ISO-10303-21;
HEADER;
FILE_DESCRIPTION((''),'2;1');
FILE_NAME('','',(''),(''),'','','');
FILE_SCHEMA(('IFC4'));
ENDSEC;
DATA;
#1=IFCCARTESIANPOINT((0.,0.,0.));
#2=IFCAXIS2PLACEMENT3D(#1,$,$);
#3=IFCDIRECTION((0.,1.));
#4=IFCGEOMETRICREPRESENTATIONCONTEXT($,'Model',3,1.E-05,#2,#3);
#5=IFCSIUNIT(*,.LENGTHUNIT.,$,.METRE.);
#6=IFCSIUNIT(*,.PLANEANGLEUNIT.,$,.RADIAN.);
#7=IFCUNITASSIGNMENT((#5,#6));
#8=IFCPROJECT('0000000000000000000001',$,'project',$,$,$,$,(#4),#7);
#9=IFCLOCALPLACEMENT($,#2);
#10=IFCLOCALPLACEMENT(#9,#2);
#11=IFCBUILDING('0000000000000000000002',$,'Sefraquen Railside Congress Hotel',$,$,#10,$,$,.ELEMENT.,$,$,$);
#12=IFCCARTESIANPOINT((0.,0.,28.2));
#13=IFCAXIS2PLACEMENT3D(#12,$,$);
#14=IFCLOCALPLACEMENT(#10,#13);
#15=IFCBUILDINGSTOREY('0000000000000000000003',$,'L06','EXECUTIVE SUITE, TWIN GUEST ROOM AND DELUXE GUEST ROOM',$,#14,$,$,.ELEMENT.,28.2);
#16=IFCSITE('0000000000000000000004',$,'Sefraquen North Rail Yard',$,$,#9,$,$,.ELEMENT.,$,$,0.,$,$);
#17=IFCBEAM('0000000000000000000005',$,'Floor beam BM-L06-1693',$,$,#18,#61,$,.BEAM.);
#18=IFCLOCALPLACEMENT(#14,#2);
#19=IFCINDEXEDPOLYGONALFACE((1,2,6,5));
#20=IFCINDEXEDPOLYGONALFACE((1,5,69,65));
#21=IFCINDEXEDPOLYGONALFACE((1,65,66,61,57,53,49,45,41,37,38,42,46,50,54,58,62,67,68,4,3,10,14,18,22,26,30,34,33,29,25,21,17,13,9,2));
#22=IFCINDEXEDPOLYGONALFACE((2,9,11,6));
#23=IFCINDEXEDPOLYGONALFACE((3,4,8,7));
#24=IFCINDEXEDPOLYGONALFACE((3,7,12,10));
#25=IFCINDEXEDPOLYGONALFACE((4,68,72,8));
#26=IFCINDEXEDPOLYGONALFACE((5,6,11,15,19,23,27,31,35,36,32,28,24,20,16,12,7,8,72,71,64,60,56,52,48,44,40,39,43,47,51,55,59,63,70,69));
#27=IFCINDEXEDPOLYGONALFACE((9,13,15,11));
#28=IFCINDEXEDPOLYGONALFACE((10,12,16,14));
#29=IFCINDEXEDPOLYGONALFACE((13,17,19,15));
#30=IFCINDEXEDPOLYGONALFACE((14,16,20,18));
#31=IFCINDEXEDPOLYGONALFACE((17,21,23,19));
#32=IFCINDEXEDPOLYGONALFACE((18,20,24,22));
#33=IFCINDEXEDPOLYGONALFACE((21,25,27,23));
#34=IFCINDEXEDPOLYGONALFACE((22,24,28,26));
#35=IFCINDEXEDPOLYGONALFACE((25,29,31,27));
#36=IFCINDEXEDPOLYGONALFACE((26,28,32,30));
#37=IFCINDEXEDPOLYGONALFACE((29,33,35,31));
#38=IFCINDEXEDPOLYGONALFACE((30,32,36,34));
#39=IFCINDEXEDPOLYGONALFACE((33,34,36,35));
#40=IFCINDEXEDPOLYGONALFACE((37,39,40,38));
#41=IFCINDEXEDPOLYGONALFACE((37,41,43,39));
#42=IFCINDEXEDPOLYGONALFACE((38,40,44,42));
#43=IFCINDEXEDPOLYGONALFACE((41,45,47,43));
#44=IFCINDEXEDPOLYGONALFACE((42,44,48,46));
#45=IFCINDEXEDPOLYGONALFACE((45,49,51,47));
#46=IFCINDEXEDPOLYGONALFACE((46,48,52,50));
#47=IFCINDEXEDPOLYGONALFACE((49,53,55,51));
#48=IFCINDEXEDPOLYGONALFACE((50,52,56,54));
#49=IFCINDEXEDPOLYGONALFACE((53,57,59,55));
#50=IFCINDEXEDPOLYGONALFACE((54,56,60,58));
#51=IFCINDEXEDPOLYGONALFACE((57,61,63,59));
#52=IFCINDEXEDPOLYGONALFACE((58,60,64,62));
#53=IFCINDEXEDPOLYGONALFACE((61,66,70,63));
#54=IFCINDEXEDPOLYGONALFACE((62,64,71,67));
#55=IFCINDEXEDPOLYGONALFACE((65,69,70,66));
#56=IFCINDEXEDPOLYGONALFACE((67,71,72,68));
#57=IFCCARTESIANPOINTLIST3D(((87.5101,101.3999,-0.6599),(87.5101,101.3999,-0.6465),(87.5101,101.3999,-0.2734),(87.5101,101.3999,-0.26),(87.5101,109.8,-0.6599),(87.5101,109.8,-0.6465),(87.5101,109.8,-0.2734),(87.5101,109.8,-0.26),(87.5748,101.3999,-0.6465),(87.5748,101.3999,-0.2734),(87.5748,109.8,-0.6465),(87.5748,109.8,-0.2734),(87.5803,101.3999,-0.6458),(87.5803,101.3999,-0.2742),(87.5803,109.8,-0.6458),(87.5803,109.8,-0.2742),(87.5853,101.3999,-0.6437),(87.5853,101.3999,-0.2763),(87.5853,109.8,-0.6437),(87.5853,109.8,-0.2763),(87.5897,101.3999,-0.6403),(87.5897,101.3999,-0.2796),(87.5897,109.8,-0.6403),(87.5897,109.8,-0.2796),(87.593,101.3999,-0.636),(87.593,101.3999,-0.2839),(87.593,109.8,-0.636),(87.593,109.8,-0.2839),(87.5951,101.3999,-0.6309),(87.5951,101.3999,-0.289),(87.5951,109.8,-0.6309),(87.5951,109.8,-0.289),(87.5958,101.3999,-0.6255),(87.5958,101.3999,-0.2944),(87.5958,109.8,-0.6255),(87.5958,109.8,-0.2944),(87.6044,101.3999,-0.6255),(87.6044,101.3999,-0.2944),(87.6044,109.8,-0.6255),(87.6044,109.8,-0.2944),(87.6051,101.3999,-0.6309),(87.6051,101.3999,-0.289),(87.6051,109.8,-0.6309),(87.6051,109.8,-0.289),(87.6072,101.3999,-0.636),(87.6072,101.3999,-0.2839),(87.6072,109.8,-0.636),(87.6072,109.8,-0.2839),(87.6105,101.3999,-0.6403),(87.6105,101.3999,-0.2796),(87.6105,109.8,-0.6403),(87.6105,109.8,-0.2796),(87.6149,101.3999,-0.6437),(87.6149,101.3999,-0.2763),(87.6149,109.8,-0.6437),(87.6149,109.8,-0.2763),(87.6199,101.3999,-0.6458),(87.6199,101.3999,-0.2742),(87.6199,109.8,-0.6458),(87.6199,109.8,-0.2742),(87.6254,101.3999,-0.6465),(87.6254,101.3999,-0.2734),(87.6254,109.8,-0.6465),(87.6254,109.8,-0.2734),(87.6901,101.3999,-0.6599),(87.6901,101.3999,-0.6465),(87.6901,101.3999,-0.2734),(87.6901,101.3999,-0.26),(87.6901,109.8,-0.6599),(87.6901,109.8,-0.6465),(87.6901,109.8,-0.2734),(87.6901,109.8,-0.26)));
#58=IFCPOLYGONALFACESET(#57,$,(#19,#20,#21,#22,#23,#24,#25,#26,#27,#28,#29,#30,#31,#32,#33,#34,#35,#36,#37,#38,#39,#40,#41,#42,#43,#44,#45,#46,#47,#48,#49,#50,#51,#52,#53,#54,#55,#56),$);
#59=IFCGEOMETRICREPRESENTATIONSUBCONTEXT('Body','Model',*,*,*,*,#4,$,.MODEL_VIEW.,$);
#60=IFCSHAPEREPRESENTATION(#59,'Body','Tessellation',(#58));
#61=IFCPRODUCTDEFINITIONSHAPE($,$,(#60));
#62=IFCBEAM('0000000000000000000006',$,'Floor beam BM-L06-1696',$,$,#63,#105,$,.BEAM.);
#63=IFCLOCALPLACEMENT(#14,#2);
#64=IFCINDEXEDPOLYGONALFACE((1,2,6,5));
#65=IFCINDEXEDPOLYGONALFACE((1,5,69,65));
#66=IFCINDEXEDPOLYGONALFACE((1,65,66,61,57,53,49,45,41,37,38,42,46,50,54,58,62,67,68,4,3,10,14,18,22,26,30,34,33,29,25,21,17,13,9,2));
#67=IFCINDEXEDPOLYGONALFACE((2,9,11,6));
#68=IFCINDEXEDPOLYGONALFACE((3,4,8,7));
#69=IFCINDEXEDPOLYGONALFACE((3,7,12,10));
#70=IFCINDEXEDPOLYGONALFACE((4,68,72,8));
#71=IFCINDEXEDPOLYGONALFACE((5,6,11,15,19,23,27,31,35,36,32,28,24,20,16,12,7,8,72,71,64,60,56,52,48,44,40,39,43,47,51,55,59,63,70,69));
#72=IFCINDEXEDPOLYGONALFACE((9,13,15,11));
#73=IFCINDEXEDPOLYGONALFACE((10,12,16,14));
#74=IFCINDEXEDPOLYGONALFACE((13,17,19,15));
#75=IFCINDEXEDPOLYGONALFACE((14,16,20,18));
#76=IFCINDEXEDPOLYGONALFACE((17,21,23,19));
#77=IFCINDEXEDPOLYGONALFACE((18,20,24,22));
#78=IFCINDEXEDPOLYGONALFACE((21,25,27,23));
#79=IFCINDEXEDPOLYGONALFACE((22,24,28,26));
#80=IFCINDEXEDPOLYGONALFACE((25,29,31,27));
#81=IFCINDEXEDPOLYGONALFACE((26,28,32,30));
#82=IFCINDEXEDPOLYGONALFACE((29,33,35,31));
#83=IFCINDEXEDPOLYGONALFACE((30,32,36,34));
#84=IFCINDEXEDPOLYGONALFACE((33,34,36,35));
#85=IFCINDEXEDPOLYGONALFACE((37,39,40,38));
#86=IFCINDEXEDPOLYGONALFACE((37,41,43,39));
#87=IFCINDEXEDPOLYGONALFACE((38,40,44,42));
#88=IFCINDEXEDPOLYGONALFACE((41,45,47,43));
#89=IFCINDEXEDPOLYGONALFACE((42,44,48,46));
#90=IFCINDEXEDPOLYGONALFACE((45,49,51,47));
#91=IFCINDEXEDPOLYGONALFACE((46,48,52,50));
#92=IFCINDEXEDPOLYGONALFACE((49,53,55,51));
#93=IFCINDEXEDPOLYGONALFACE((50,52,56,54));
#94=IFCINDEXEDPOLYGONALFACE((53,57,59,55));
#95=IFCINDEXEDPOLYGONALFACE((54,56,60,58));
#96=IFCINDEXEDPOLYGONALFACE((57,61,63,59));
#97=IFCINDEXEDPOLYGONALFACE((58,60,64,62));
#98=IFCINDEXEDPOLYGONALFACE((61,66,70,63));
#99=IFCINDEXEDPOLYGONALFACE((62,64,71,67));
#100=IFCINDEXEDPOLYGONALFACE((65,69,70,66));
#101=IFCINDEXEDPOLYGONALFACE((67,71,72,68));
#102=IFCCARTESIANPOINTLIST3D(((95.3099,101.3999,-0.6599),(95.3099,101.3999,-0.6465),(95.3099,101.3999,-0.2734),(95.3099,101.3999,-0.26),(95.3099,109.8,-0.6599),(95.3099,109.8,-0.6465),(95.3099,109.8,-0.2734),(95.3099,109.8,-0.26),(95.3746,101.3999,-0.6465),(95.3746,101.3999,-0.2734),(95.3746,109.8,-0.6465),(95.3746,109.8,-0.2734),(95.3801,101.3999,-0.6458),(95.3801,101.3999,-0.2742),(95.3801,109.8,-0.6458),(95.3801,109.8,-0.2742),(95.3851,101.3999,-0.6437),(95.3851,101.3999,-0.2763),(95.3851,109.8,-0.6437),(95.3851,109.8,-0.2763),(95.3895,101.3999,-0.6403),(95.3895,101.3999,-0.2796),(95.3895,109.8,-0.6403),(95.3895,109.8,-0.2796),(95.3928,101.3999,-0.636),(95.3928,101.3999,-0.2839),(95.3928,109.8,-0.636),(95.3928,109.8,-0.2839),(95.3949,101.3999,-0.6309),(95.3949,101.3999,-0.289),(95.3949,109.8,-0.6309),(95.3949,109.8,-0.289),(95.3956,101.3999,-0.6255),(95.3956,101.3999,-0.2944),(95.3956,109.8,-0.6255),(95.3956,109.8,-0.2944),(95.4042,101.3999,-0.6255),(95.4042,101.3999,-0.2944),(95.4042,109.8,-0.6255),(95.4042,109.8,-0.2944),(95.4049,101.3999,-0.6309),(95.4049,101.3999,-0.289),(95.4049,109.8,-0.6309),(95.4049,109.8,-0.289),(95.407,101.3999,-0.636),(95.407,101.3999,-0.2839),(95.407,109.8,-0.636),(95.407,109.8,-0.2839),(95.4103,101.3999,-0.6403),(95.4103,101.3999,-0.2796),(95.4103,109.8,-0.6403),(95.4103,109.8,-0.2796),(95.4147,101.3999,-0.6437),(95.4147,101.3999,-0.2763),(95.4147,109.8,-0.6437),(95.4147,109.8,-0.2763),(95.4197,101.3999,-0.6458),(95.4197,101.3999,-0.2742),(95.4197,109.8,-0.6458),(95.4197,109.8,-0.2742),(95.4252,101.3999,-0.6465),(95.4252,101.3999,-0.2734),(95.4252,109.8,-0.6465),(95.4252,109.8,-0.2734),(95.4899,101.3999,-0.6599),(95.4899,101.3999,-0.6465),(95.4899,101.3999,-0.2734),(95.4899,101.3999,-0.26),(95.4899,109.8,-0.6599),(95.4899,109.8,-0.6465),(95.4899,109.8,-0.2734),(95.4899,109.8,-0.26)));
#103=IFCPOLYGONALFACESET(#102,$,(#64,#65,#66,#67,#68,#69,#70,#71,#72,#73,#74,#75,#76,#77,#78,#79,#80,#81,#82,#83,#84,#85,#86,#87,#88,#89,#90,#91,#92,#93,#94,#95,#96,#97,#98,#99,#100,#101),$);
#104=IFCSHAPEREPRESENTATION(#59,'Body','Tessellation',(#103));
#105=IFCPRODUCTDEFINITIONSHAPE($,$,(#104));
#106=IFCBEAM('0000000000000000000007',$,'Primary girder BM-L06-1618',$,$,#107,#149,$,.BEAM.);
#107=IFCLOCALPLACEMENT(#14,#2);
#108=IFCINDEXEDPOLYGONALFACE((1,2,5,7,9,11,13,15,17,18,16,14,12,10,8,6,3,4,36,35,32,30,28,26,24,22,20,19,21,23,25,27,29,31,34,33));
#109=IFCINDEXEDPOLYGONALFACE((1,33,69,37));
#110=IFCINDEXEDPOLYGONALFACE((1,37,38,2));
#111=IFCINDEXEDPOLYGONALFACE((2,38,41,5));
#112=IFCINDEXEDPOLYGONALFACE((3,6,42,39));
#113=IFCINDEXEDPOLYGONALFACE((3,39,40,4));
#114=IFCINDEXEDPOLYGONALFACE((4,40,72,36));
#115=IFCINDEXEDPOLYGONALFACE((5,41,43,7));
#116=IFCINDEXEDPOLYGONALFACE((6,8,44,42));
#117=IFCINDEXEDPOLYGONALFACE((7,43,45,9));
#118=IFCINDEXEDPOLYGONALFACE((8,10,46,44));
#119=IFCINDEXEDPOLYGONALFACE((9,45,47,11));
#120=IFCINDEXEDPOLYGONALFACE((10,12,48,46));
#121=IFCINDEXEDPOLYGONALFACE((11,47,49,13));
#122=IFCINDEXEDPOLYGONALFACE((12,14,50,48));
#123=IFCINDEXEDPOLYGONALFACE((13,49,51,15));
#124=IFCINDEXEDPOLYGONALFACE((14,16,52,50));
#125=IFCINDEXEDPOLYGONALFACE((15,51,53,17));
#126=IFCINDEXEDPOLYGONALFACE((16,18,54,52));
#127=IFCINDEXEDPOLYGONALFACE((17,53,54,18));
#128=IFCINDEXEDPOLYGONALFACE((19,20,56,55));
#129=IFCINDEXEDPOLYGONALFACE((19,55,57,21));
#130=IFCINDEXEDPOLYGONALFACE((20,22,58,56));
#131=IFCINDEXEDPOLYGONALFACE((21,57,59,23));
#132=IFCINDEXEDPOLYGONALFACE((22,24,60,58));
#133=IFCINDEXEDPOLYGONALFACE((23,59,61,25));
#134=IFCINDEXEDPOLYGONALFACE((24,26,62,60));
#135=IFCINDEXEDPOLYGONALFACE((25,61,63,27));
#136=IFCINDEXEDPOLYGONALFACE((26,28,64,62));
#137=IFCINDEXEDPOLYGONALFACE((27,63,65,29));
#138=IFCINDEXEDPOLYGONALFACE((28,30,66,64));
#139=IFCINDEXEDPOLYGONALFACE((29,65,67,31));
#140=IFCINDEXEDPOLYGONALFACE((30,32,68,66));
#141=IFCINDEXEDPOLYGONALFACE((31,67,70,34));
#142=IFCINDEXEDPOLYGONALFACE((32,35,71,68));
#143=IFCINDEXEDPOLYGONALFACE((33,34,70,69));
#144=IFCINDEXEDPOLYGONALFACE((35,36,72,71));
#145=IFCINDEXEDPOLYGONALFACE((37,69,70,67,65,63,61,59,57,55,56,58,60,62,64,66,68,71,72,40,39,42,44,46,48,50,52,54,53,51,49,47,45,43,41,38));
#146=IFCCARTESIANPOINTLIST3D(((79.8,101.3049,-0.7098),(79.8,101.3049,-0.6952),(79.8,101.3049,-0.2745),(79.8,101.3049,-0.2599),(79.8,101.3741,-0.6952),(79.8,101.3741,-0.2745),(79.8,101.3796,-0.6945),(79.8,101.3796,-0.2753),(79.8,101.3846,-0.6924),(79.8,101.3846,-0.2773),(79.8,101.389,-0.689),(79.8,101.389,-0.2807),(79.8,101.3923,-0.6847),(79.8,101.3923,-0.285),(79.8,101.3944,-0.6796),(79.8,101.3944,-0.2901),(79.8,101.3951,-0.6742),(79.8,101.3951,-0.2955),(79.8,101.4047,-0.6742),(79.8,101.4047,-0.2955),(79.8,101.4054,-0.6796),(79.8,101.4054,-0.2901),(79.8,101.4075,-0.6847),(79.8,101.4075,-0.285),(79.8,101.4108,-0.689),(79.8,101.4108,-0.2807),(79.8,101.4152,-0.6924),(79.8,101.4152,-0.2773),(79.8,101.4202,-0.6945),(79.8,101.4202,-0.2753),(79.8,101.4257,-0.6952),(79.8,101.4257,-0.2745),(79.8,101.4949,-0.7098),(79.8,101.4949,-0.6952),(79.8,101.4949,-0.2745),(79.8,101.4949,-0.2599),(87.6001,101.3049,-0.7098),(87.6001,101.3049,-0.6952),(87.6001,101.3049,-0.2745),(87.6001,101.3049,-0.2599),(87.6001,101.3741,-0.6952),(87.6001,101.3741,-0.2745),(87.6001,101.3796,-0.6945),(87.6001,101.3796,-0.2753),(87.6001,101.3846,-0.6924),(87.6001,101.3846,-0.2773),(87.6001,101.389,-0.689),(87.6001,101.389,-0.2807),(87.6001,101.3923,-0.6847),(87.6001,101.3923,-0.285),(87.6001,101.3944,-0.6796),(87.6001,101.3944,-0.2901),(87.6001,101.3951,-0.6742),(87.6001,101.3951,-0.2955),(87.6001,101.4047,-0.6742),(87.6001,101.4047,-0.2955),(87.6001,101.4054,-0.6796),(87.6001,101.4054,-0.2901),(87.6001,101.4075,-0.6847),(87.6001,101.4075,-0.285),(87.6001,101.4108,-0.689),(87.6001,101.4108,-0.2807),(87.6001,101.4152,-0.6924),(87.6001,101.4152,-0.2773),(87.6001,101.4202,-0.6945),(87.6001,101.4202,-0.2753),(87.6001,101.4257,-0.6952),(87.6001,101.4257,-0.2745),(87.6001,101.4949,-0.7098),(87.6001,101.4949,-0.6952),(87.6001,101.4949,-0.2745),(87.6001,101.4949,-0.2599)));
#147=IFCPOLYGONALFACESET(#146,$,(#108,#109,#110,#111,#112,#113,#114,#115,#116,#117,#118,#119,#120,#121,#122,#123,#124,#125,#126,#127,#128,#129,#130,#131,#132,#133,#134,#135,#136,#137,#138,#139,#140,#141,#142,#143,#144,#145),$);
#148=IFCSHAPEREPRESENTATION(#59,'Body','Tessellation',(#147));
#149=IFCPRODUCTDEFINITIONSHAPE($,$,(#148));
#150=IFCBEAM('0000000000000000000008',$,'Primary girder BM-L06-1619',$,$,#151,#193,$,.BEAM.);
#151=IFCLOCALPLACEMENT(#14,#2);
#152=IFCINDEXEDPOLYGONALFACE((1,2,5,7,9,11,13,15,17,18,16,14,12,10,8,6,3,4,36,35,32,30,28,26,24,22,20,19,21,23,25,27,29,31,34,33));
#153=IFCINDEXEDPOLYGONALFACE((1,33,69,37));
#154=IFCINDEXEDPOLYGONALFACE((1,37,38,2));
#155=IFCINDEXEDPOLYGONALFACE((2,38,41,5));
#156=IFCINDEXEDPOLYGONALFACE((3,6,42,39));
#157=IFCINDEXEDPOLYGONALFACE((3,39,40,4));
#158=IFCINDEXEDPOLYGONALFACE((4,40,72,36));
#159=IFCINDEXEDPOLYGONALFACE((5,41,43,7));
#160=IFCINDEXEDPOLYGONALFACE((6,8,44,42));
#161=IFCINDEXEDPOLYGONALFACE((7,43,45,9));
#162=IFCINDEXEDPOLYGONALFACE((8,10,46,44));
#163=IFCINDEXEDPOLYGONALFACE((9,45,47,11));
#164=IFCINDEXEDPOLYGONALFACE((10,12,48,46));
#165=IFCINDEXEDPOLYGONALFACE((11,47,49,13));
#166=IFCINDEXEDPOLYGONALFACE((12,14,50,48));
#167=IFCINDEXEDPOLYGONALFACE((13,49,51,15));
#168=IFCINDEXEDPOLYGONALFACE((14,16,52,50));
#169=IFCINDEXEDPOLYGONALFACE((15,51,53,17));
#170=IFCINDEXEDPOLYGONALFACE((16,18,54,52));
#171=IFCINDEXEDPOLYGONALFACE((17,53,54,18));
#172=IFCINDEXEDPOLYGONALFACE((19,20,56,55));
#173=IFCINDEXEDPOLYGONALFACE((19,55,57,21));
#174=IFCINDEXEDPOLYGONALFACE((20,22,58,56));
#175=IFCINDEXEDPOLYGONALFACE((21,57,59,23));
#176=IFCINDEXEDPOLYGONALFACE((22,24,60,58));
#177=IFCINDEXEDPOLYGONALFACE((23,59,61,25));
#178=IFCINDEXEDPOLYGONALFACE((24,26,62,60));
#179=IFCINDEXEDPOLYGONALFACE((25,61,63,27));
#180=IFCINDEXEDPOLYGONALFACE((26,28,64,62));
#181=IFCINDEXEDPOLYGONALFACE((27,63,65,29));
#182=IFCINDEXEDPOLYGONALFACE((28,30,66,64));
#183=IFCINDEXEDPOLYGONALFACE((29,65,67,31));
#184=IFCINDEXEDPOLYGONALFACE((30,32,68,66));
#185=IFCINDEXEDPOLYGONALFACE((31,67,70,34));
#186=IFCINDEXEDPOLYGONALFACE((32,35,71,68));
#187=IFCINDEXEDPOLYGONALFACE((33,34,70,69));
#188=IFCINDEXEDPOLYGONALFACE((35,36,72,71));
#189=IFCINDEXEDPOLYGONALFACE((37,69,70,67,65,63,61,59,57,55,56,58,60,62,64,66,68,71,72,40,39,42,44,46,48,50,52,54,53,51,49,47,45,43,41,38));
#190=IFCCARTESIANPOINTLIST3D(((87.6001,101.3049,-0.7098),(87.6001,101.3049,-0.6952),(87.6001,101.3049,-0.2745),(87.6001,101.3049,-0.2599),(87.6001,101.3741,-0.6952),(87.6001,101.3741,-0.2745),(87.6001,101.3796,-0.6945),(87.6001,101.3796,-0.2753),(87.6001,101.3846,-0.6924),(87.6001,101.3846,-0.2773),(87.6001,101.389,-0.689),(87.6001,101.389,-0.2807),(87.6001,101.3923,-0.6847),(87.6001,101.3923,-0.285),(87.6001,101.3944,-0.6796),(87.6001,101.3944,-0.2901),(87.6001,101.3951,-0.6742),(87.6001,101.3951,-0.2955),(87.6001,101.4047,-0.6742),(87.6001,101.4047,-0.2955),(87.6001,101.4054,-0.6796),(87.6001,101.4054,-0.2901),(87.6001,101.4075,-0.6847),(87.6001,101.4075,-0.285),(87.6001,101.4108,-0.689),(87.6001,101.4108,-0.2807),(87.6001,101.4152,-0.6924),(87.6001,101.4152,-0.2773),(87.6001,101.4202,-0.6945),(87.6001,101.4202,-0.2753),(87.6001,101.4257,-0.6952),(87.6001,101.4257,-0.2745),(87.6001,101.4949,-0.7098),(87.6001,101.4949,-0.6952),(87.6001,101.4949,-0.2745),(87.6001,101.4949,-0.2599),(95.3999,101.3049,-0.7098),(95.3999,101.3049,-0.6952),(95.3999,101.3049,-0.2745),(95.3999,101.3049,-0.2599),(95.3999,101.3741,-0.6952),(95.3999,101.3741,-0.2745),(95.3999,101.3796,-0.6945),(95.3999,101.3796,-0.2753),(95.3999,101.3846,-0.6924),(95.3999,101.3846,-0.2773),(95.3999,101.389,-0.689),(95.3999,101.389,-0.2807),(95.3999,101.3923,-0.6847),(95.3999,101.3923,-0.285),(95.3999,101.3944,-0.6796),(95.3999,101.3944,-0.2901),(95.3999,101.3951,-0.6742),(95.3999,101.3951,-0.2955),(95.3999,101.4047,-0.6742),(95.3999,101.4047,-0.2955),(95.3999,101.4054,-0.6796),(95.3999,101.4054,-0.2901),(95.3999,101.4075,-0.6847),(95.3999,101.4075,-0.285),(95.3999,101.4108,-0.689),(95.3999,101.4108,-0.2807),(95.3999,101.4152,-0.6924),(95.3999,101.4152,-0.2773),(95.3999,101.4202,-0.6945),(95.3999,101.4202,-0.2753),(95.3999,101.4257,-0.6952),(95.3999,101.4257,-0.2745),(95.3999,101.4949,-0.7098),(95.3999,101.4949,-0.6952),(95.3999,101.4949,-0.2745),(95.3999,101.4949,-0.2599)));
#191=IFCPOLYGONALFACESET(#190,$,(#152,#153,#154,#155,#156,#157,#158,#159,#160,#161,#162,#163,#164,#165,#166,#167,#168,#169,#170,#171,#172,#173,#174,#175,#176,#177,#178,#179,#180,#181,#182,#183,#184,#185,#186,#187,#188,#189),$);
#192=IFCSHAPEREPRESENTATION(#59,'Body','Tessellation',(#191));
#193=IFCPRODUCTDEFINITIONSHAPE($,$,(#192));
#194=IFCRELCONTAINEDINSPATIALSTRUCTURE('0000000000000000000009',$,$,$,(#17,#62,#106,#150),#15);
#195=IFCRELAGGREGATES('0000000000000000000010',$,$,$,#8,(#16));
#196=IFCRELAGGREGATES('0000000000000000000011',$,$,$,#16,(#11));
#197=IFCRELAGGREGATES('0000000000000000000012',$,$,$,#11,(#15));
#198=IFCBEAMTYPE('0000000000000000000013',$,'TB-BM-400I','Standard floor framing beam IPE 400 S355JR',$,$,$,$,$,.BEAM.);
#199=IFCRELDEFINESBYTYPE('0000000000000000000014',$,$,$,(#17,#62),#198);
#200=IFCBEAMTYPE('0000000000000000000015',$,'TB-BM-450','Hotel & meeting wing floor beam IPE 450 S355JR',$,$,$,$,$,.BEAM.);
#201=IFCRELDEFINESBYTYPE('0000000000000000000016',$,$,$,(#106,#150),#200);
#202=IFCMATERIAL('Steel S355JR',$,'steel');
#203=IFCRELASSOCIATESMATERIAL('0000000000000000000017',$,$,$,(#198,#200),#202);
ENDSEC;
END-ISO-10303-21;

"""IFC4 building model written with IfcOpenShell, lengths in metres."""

from ifc_helpers import new_model, si_unit, direction, frame, origin, origin_2d, place, context, subcontext, project, spatial, i_section, extrude, material, material_profile, profile_set, type_object, element, save


model = new_model("IFC4")

# Units and contexts
model_context = context("Model", 3, precision=1e-05, world=origin(), true_north=direction((0.0, 1.0)))
body_context = subcontext(model_context, "Body", "Model", "MODEL_VIEW")
ifc_project = project(units=[si_unit("LENGTHUNIT", "METRE"), si_unit("PLANEANGLEUNIT", "RADIAN")], contexts=[model_context])

# Site, building, storey
site_placement = place(None, origin())
site = spatial("IfcSite", under=ifc_project, at=site_placement, Name="Sefraquen North Rail Yard", CompositionType="ELEMENT", RefElevation=0.0)
building_placement = place(site_placement, origin())
building = spatial("IfcBuilding", under=site, at=building_placement, Name="Sefraquen Railside Congress Hotel", CompositionType="ELEMENT")
storey_placement = place(building_placement, frame((0.0, 0.0, 28.2)))
storey = spatial("IfcBuildingStorey", under=building, at=storey_placement, Name="L06", Description="EXECUTIVE SUITE, TWIN GUEST ROOM AND DELUXE GUEST ROOM", CompositionType="ELEMENT", Elevation=28.2)

# Shared definitions
ifc_material_1 = material(Name="Steel S355JR", Category="steel")

# Beams
ifc_material_profile_1 = material_profile(ifc_material_1, i_section(OverallWidth=0.1799, OverallDepth=0.3999, WebThickness=0.0085, FlangeThickness=0.0134, FilletRadius=0.021, at=origin_2d()), Name="IPE 400")
ifc_profile_set_1 = profile_set([ifc_material_profile_1], Name="Steel S355JR")
beam_type_1 = type_object("IfcBeamType", Name="TB-BM-400I", Description="Standard floor framing beam IPE 400 S355JR", PredefinedType="BEAM", material=ifc_profile_set_1)
for number, where, z_axis, x_axis, name in (
    (1, (87.6001, 101.3999, -0.46), (0.0, 1.0, 0.0), (-1.0, 0.0, 0.0), "Floor beam BM-L06-1693"),
    (2, (95.3999, 101.3999, -0.46), (0.0, 1.0, 0.0), (-1.0, 0.0, 0.0), "Floor beam BM-L06-1696"),
):
    element("IfcBeam", number, at=place(storey_placement, frame(where, z_axis=z_axis, x_axis=x_axis)), inside=storey, type_object=beam_type_1, Name=name, PredefinedType="BEAM", context=body_context, shape_type="SweptSolid", body=[
        extrude(i_section(OverallWidth=0.1799, OverallDepth=0.3999, WebThickness=0.0085, FlangeThickness=0.0134, FilletRadius=0.021, at=origin_2d()), origin(), (0.0, 0.0, 1.0), 8.4001),
    ])
ifc_material_profile_2 = material_profile(ifc_material_1, i_section(OverallWidth=0.1899, OverallDepth=0.45, WebThickness=0.0095, FlangeThickness=0.0146, FilletRadius=0.021, at=origin_2d()), Name="IPE 450")
ifc_profile_set_2 = profile_set([ifc_material_profile_2], Name="Steel S355JR")
beam_type_2 = type_object("IfcBeamType", Name="TB-BM-450", Description="Hotel & meeting wing floor beam IPE 450 S355JR", PredefinedType="BEAM", material=ifc_profile_set_2)
beam_1_placement = place(storey_placement, frame((79.8, 101.3999, -0.4849), z_axis=(1.0, 0.0, 0.0), x_axis=(0.0, 1.0, 0.0)))
element("IfcBeam", 3, at=beam_1_placement, inside=storey, type_object=beam_type_2, Name="Primary girder BM-L06-1618", PredefinedType="BEAM", context=body_context, shape_type="SweptSolid", body=[
    extrude(i_section(OverallWidth=0.1899, OverallDepth=0.45, WebThickness=0.0095, FlangeThickness=0.0146, FilletRadius=0.021, at=origin_2d()), origin(), (0.0, 0.0, 1.0), 7.8),
])
beam_2_placement = place(storey_placement, frame((87.6001, 101.3999, -0.4849), z_axis=(1.0, 0.0, 0.0), x_axis=(0.0, 1.0, 0.0)))
element("IfcBeam", 4, at=beam_2_placement, inside=storey, type_object=beam_type_2, Name="Primary girder BM-L06-1619", PredefinedType="BEAM", context=body_context, shape_type="SweptSolid", body=[
    extrude(i_section(OverallWidth=0.1899, OverallDepth=0.45, WebThickness=0.0095, FlangeThickness=0.0146, FilletRadius=0.021, at=origin_2d()), origin(), (0.0, 0.0, 1.0), 7.7998),
])

save(model, "model.ifc")
